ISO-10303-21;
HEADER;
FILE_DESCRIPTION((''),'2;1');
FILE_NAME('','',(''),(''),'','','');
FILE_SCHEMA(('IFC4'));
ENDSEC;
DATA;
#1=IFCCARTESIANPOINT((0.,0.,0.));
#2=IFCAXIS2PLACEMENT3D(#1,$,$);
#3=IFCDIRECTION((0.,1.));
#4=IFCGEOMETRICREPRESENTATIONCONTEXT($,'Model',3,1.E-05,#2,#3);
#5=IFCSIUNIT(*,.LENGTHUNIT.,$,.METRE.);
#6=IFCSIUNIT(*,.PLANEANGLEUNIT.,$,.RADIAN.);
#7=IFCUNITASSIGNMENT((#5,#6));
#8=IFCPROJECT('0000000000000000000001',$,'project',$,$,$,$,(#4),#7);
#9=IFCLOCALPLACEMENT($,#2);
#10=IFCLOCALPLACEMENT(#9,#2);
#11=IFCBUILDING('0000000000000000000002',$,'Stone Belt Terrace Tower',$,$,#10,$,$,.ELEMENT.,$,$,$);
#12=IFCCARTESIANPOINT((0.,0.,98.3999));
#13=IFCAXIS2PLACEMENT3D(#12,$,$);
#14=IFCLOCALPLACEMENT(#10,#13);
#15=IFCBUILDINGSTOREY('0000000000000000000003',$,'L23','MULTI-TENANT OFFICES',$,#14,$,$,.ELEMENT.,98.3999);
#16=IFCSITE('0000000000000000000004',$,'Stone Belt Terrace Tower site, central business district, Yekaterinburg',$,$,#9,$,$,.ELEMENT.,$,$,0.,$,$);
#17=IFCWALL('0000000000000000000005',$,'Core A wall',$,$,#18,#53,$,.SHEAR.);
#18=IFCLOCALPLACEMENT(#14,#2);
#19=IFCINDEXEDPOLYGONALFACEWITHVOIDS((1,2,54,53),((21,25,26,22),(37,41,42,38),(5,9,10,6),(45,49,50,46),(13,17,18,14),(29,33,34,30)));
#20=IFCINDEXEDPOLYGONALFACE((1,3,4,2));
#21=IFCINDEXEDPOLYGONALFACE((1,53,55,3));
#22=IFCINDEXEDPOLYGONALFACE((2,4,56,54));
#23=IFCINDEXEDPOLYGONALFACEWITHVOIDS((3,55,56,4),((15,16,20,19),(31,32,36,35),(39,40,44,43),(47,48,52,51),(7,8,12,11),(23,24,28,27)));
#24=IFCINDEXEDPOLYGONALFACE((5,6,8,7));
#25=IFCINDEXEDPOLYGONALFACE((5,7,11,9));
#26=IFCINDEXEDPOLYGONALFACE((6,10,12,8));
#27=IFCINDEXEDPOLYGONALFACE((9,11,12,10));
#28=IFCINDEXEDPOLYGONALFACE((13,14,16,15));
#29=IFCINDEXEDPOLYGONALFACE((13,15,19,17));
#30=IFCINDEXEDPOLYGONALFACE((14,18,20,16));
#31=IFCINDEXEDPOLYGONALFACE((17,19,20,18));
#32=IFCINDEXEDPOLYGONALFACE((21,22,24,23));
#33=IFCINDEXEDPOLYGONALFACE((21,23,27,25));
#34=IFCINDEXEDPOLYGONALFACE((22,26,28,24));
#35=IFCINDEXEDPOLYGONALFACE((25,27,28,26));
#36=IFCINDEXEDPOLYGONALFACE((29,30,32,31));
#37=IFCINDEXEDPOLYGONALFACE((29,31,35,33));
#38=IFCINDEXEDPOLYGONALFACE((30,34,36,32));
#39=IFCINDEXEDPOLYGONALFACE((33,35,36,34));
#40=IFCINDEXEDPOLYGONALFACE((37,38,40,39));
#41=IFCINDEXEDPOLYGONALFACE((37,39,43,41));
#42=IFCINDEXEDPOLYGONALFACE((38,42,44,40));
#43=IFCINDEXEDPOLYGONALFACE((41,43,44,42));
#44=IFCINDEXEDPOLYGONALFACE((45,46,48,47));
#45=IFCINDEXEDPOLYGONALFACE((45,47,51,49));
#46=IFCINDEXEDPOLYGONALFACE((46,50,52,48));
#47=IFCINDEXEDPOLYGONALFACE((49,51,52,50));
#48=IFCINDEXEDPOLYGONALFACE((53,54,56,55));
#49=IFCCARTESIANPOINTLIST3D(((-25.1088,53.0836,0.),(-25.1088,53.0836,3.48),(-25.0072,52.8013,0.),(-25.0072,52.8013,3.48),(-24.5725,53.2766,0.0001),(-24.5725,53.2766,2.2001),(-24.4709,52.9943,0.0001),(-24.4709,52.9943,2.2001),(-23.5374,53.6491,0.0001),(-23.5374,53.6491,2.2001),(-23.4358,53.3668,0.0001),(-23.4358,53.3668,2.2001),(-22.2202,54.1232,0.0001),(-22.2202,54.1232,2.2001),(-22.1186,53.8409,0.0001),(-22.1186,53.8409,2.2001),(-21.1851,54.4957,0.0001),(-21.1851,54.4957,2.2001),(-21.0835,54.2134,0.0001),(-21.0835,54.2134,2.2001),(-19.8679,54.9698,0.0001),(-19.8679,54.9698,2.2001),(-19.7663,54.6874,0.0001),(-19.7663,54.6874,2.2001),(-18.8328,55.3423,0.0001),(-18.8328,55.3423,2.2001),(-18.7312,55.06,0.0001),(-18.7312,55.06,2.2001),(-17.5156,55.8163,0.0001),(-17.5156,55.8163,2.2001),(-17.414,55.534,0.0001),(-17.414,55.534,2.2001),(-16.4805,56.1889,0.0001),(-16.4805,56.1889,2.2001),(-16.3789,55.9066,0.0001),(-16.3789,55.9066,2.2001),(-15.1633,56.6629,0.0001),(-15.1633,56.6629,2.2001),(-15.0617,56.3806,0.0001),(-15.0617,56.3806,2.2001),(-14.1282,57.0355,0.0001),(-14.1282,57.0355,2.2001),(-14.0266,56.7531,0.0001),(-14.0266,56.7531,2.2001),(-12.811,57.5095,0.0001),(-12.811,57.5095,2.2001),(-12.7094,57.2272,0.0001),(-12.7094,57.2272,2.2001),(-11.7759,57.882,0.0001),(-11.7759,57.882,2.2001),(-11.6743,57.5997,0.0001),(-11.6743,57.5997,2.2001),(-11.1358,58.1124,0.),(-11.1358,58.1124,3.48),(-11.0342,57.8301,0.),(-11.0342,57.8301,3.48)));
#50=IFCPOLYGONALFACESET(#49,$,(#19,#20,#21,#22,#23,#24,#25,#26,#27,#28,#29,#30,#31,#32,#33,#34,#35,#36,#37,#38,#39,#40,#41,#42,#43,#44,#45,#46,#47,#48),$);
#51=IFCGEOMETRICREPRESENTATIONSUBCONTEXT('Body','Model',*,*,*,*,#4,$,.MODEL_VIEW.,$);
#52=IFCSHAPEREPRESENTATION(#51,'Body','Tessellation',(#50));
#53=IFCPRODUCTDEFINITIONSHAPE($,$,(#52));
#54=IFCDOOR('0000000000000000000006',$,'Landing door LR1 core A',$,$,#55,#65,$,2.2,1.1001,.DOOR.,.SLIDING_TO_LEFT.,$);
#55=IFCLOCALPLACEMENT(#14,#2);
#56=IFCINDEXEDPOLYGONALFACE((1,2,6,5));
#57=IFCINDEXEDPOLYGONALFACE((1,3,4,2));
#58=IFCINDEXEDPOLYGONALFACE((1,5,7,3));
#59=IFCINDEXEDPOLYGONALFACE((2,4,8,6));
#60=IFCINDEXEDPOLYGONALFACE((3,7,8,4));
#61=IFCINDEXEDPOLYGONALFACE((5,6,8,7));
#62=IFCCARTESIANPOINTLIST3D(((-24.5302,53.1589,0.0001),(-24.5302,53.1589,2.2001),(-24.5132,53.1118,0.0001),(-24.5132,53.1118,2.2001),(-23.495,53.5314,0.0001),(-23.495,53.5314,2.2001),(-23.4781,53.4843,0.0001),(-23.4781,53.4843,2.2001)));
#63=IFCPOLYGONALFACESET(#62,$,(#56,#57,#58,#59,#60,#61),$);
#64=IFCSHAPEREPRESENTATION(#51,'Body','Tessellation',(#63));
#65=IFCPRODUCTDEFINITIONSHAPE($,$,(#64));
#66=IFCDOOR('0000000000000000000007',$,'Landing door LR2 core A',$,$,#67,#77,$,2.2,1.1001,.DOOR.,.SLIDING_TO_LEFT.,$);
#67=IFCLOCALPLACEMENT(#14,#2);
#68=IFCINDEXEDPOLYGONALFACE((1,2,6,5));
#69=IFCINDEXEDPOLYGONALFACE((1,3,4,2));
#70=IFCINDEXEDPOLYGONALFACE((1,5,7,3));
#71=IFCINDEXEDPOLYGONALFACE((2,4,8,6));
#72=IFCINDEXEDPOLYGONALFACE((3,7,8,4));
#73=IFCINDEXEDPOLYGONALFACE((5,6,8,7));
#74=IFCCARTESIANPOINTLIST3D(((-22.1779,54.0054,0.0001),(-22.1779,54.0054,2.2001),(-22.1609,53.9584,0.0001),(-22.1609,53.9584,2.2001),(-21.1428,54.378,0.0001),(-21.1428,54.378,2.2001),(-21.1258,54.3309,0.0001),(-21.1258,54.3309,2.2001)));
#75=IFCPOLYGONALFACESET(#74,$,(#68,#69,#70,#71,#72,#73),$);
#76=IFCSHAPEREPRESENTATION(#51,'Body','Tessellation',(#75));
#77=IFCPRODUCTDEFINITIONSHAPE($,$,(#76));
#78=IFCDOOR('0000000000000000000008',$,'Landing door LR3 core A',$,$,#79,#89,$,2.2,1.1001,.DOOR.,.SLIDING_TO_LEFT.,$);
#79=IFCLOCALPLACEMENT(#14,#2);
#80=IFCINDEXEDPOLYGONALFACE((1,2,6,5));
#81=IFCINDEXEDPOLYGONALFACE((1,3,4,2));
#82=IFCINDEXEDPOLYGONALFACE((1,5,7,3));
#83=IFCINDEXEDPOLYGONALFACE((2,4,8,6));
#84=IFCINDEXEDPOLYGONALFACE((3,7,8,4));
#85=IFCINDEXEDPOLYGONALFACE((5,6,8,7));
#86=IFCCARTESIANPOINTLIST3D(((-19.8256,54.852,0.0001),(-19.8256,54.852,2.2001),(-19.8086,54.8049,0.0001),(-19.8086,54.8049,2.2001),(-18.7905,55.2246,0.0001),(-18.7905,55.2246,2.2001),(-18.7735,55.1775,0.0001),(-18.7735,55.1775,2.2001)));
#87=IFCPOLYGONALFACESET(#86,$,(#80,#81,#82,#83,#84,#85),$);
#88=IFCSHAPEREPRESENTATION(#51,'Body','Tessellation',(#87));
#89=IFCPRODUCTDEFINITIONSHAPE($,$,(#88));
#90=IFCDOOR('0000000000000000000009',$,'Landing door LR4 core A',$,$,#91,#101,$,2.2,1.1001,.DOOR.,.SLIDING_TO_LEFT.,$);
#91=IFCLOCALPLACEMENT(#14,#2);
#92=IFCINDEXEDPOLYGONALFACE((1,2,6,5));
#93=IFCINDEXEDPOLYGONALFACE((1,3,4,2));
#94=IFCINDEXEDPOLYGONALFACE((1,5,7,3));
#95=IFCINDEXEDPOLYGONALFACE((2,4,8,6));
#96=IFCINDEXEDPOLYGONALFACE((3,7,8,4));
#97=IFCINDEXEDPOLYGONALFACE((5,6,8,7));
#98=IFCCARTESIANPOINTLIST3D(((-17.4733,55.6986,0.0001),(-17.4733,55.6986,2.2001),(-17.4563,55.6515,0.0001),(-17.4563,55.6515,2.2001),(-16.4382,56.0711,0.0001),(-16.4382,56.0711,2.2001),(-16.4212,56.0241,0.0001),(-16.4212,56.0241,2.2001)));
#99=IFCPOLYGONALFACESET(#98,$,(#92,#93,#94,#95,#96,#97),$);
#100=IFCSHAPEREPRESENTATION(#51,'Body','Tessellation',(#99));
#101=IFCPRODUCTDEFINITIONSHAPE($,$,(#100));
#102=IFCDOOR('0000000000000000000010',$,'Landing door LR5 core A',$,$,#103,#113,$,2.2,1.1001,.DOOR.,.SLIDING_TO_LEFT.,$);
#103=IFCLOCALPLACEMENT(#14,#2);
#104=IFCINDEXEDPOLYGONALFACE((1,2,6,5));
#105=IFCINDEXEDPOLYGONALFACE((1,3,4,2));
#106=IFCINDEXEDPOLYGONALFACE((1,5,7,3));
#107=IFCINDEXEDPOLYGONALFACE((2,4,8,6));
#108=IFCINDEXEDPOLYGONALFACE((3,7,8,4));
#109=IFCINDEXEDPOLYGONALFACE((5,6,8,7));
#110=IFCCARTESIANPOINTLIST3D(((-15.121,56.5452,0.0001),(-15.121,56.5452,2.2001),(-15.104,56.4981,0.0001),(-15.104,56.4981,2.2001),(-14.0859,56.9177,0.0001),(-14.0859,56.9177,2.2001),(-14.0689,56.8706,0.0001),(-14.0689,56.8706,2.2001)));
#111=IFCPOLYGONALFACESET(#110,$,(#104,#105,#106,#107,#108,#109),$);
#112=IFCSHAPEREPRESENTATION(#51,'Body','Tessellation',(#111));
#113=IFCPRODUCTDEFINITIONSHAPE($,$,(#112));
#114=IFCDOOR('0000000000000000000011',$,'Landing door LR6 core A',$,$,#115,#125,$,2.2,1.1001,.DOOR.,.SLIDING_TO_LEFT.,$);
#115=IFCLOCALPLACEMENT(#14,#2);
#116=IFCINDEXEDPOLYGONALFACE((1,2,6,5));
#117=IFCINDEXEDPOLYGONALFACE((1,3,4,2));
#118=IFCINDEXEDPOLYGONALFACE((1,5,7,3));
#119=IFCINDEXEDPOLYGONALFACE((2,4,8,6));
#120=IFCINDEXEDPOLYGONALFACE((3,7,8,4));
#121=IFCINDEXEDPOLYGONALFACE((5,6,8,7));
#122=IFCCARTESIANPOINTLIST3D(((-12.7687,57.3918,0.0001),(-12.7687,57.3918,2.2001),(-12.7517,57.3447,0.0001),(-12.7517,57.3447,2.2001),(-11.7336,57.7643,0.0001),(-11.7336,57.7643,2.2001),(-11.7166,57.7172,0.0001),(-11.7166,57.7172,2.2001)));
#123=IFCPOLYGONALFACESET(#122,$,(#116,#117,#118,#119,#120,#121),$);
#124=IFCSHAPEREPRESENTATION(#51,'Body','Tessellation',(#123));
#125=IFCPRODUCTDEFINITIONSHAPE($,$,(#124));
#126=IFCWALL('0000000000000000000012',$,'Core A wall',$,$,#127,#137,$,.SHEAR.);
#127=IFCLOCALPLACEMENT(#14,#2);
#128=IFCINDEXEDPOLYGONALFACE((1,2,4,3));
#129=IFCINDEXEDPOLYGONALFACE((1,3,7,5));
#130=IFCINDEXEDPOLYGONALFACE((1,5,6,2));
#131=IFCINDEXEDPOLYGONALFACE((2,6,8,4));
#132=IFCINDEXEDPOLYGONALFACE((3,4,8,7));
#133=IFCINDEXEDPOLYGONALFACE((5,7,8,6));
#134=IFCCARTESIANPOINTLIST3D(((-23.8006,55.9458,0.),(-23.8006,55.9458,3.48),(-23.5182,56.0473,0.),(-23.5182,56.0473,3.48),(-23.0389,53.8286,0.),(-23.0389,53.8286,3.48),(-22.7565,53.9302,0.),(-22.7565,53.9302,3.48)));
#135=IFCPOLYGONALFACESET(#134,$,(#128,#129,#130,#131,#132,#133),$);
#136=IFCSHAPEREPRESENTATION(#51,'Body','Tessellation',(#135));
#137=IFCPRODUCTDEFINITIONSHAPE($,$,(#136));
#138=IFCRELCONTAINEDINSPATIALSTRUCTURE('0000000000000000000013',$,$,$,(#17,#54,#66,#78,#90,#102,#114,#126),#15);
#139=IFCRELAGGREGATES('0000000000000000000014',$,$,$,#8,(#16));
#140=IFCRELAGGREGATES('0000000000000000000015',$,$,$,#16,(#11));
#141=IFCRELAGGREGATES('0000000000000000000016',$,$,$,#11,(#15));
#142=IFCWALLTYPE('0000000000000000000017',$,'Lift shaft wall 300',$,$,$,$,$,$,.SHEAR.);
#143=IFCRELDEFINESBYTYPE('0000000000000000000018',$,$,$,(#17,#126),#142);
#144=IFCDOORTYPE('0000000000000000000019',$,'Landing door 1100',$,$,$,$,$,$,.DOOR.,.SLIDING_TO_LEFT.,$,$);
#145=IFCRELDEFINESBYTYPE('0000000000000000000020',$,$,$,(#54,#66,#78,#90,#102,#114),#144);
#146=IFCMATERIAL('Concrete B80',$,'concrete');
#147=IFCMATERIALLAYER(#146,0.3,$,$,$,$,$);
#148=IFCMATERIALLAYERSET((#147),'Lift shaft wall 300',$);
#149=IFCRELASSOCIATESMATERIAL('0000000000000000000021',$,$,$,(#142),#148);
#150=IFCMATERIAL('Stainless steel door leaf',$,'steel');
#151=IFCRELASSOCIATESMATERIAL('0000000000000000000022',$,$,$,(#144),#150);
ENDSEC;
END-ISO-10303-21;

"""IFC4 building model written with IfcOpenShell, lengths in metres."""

from ifc_helpers import new_model, si_unit, direction, frame, frame_2d, origin, place, context, subcontext, project, spatial, rectangle, extrude, material, layer, layer_set, type_object, element, fill, save


model = new_model("IFC4")

# Units and contexts
model_context = context("Model", 3, precision=1e-05, world=origin(), true_north=direction((0.0, 1.0)))
body_context = subcontext(model_context, "Body", "Model", "MODEL_VIEW")
ifc_project = project(units=[si_unit("LENGTHUNIT", "METRE"), si_unit("PLANEANGLEUNIT", "RADIAN")], contexts=[model_context])

# Site, building, storey
site_placement = place(None, origin())
site = spatial("IfcSite", under=ifc_project, at=site_placement, Name="Stone Belt Terrace Tower site, central business district, Yekaterinburg", CompositionType="ELEMENT", RefElevation=0.0)
building_placement = place(site_placement, origin())
building = spatial("IfcBuilding", under=site, at=building_placement, Name="Stone Belt Terrace Tower", CompositionType="ELEMENT")
storey_placement = place(building_placement, frame((0.0, 0.0, 98.3999)))
storey = spatial("IfcBuildingStorey", under=building, at=storey_placement, Name="L23", Description="MULTI-TENANT OFFICES", CompositionType="ELEMENT", Elevation=98.3999)

# Shared definitions
ifc_material_1 = material(Name="Concrete B80", Category="concrete")

# Shared definitions
ifc_layer_1 = layer(ifc_material_1, 0.3)
ifc_layer_set_1 = layer_set([ifc_layer_1], Name="Lift shaft wall 300")
wall_type_1 = type_object("IfcWallType", Name="Lift shaft wall 300", PredefinedType="SHEAR", material=ifc_layer_set_1)
ifc_material_2 = material(Name="Stainless steel door leaf", Category="steel")

# Wall, openings, doors
wall_1_placement = place(storey_placement, frame((-25.0581, 52.9424, 0.0), z_axis=(0.0, 0.0, 1.0), x_axis=(0.940918, 0.338634, 0.0)))
wall_1 = element("IfcWall", 1, at=wall_1_placement, inside=storey, type_object=wall_type_1, Name="Core A wall", PredefinedType="SHEAR", context=body_context, shape_type="SweptSolid", body=[
    extrude(rectangle(XDim=14.8503, YDim=0.3, at=frame_2d((7.4253, 0.0))), origin(), (0.0, 0.0, 1.0), 3.48),
])
opening_1_placement = place(wall_1_placement, frame((0.5701, 0.0, 0.0)))
opening_1 = element("IfcOpeningElement", 2, at=opening_1_placement, cuts=wall_1, PredefinedType="OPENING", context=body_context, shape_type="SweptSolid", body=[
    extrude(rectangle(XDim=1.1001, YDim=2.2, at=frame_2d((0.55, 1.1001))), frame((0.0, 0.1599, 0.0), z_axis=(0.0, -1.0, 0.0), x_axis=(1.0, 0.0, 0.0)), (0.0, 0.0, 1.0), 0.3201),
])
opening_2_placement = place(wall_1_placement, frame((3.0701, 0.0, 0.0)))
opening_2 = element("IfcOpeningElement", 3, at=opening_2_placement, cuts=wall_1, PredefinedType="OPENING", context=body_context, shape_type="SweptSolid", body=[
    extrude(rectangle(XDim=1.1001, YDim=2.2, at=frame_2d((0.55, 1.1001))), frame((0.0, 0.1599, 0.0), z_axis=(0.0, -1.0, 0.0), x_axis=(1.0, 0.0, 0.0)), (0.0, 0.0, 1.0), 0.3201),
])
opening_3_placement = place(wall_1_placement, frame((5.5701, 0.0, 0.0)))
opening_3 = element("IfcOpeningElement", 4, at=opening_3_placement, cuts=wall_1, PredefinedType="OPENING", context=body_context, shape_type="SweptSolid", body=[
    extrude(rectangle(XDim=1.1001, YDim=2.2, at=frame_2d((0.55, 1.1001))), frame((0.0, 0.1599, 0.0), z_axis=(0.0, -1.0, 0.0), x_axis=(1.0, 0.0, 0.0)), (0.0, 0.0, 1.0), 0.3201),
])
opening_4_placement = place(wall_1_placement, frame((8.0701, 0.0, 0.0)))
opening_4 = element("IfcOpeningElement", 5, at=opening_4_placement, cuts=wall_1, PredefinedType="OPENING", context=body_context, shape_type="SweptSolid", body=[
    extrude(rectangle(XDim=1.1001, YDim=2.2, at=frame_2d((0.55, 1.1001))), frame((0.0, 0.1599, 0.0), z_axis=(0.0, -1.0, 0.0), x_axis=(1.0, 0.0, 0.0)), (0.0, 0.0, 1.0), 0.3201),
])
opening_5_placement = place(wall_1_placement, frame((10.5701, 0.0, 0.0)))
opening_5 = element("IfcOpeningElement", 6, at=opening_5_placement, cuts=wall_1, PredefinedType="OPENING", context=body_context, shape_type="SweptSolid", body=[
    extrude(rectangle(XDim=1.1001, YDim=2.2, at=frame_2d((0.55, 1.1001))), frame((0.0, 0.1599, 0.0), z_axis=(0.0, -1.0, 0.0), x_axis=(1.0, 0.0, 0.0)), (0.0, 0.0, 1.0), 0.3201),
])
opening_6_placement = place(wall_1_placement, frame((13.0701, 0.0, 0.0)))
opening_6 = element("IfcOpeningElement", 7, at=opening_6_placement, cuts=wall_1, PredefinedType="OPENING", context=body_context, shape_type="SweptSolid", body=[
    extrude(rectangle(XDim=1.1001, YDim=2.2, at=frame_2d((0.55, 1.1001))), frame((0.0, 0.1599, 0.0), z_axis=(0.0, -1.0, 0.0), x_axis=(1.0, 0.0, 0.0)), (0.0, 0.0, 1.0), 0.3201),
])
door_type_1 = type_object("IfcDoorType", Name="Landing door 1100", OperationType="SLIDING_TO_LEFT", PredefinedType="DOOR", material=ifc_material_2)
door_1_placement = place(opening_1_placement, origin())
door_1 = element("IfcDoor", 8, at=door_1_placement, inside=storey, type_object=door_type_1, Name="Landing door LR1 core A", OperationType="SLIDING_TO_LEFT", OverallHeight=2.2, OverallWidth=1.1001, PredefinedType="DOOR", context=body_context, shape_type="SweptSolid", body=[
    extrude(rectangle(XDim=1.1001, YDim=2.2, at=frame_2d((0.55, 1.1001))), frame((0.0, 0.0249, 0.0), z_axis=(0.0, -1.0, 0.0), x_axis=(1.0, 0.0, 0.0)), (0.0, 0.0, 1.0), 0.05),
])
fill(opening_1, door_1)
door_2_placement = place(opening_2_placement, origin())
door_2 = element("IfcDoor", 9, at=door_2_placement, inside=storey, type_object=door_type_1, Name="Landing door LR2 core A", OperationType="SLIDING_TO_LEFT", OverallHeight=2.2, OverallWidth=1.1001, PredefinedType="DOOR", context=body_context, shape_type="SweptSolid", body=[
    extrude(rectangle(XDim=1.1001, YDim=2.2, at=frame_2d((0.55, 1.1001))), frame((0.0, 0.0249, 0.0), z_axis=(0.0, -1.0, 0.0), x_axis=(1.0, 0.0, 0.0)), (0.0, 0.0, 1.0), 0.05),
])
fill(opening_2, door_2)
door_3_placement = place(opening_3_placement, origin())
door_3 = element("IfcDoor", 10, at=door_3_placement, inside=storey, type_object=door_type_1, Name="Landing door LR3 core A", OperationType="SLIDING_TO_LEFT", OverallHeight=2.2, OverallWidth=1.1001, PredefinedType="DOOR", context=body_context, shape_type="SweptSolid", body=[
    extrude(rectangle(XDim=1.1001, YDim=2.2, at=frame_2d((0.55, 1.1001))), frame((0.0, 0.0249, 0.0), z_axis=(0.0, -1.0, 0.0), x_axis=(1.0, 0.0, 0.0)), (0.0, 0.0, 1.0), 0.05),
])
fill(opening_3, door_3)
door_4_placement = place(opening_4_placement, origin())
door_4 = element("IfcDoor", 11, at=door_4_placement, inside=storey, type_object=door_type_1, Name="Landing door LR4 core A", OperationType="SLIDING_TO_LEFT", OverallHeight=2.2, OverallWidth=1.1001, PredefinedType="DOOR", context=body_context, shape_type="SweptSolid", body=[
    extrude(rectangle(XDim=1.1001, YDim=2.2, at=frame_2d((0.55, 1.1001))), frame((0.0, 0.0249, 0.0), z_axis=(0.0, -1.0, 0.0), x_axis=(1.0, 0.0, 0.0)), (0.0, 0.0, 1.0), 0.05),
])
fill(opening_4, door_4)
door_5_placement = place(opening_5_placement, origin())
door_5 = element("IfcDoor", 12, at=door_5_placement, inside=storey, type_object=door_type_1, Name="Landing door LR5 core A", OperationType="SLIDING_TO_LEFT", OverallHeight=2.2, OverallWidth=1.1001, PredefinedType="DOOR", context=body_context, shape_type="SweptSolid", body=[
    extrude(rectangle(XDim=1.1001, YDim=2.2, at=frame_2d((0.55, 1.1001))), frame((0.0, 0.0249, 0.0), z_axis=(0.0, -1.0, 0.0), x_axis=(1.0, 0.0, 0.0)), (0.0, 0.0, 1.0), 0.05),
])
fill(opening_5, door_5)
door_6_placement = place(opening_6_placement, origin())
door_6 = element("IfcDoor", 13, at=door_6_placement, inside=storey, type_object=door_type_1, Name="Landing door LR6 core A", OperationType="SLIDING_TO_LEFT", OverallHeight=2.2, OverallWidth=1.1001, PredefinedType="DOOR", context=body_context, shape_type="SweptSolid", body=[
    extrude(rectangle(XDim=1.1001, YDim=2.2, at=frame_2d((0.55, 1.1001))), frame((0.0, 0.0249, 0.0), z_axis=(0.0, -1.0, 0.0), x_axis=(1.0, 0.0, 0.0)), (0.0, 0.0, 1.0), 0.05),
])
fill(opening_6, door_6)

# Wall
wall_2_placement = place(storey_placement, frame((-22.8977, 53.8794, 0.0), z_axis=(0.0, 0.0, 1.0), x_axis=(-0.338535, 0.940954, 0.0)))
element("IfcWall", 14, at=wall_2_placement, inside=storey, type_object=wall_type_1, Name="Core A wall", PredefinedType="SHEAR", context=body_context, shape_type="SweptSolid", body=[
    extrude(rectangle(XDim=2.25, YDim=0.3, at=frame_2d((1.125, 0.0))), origin(), (0.0, 0.0, 1.0), 3.48),
])

save(model, "model.ifc")
